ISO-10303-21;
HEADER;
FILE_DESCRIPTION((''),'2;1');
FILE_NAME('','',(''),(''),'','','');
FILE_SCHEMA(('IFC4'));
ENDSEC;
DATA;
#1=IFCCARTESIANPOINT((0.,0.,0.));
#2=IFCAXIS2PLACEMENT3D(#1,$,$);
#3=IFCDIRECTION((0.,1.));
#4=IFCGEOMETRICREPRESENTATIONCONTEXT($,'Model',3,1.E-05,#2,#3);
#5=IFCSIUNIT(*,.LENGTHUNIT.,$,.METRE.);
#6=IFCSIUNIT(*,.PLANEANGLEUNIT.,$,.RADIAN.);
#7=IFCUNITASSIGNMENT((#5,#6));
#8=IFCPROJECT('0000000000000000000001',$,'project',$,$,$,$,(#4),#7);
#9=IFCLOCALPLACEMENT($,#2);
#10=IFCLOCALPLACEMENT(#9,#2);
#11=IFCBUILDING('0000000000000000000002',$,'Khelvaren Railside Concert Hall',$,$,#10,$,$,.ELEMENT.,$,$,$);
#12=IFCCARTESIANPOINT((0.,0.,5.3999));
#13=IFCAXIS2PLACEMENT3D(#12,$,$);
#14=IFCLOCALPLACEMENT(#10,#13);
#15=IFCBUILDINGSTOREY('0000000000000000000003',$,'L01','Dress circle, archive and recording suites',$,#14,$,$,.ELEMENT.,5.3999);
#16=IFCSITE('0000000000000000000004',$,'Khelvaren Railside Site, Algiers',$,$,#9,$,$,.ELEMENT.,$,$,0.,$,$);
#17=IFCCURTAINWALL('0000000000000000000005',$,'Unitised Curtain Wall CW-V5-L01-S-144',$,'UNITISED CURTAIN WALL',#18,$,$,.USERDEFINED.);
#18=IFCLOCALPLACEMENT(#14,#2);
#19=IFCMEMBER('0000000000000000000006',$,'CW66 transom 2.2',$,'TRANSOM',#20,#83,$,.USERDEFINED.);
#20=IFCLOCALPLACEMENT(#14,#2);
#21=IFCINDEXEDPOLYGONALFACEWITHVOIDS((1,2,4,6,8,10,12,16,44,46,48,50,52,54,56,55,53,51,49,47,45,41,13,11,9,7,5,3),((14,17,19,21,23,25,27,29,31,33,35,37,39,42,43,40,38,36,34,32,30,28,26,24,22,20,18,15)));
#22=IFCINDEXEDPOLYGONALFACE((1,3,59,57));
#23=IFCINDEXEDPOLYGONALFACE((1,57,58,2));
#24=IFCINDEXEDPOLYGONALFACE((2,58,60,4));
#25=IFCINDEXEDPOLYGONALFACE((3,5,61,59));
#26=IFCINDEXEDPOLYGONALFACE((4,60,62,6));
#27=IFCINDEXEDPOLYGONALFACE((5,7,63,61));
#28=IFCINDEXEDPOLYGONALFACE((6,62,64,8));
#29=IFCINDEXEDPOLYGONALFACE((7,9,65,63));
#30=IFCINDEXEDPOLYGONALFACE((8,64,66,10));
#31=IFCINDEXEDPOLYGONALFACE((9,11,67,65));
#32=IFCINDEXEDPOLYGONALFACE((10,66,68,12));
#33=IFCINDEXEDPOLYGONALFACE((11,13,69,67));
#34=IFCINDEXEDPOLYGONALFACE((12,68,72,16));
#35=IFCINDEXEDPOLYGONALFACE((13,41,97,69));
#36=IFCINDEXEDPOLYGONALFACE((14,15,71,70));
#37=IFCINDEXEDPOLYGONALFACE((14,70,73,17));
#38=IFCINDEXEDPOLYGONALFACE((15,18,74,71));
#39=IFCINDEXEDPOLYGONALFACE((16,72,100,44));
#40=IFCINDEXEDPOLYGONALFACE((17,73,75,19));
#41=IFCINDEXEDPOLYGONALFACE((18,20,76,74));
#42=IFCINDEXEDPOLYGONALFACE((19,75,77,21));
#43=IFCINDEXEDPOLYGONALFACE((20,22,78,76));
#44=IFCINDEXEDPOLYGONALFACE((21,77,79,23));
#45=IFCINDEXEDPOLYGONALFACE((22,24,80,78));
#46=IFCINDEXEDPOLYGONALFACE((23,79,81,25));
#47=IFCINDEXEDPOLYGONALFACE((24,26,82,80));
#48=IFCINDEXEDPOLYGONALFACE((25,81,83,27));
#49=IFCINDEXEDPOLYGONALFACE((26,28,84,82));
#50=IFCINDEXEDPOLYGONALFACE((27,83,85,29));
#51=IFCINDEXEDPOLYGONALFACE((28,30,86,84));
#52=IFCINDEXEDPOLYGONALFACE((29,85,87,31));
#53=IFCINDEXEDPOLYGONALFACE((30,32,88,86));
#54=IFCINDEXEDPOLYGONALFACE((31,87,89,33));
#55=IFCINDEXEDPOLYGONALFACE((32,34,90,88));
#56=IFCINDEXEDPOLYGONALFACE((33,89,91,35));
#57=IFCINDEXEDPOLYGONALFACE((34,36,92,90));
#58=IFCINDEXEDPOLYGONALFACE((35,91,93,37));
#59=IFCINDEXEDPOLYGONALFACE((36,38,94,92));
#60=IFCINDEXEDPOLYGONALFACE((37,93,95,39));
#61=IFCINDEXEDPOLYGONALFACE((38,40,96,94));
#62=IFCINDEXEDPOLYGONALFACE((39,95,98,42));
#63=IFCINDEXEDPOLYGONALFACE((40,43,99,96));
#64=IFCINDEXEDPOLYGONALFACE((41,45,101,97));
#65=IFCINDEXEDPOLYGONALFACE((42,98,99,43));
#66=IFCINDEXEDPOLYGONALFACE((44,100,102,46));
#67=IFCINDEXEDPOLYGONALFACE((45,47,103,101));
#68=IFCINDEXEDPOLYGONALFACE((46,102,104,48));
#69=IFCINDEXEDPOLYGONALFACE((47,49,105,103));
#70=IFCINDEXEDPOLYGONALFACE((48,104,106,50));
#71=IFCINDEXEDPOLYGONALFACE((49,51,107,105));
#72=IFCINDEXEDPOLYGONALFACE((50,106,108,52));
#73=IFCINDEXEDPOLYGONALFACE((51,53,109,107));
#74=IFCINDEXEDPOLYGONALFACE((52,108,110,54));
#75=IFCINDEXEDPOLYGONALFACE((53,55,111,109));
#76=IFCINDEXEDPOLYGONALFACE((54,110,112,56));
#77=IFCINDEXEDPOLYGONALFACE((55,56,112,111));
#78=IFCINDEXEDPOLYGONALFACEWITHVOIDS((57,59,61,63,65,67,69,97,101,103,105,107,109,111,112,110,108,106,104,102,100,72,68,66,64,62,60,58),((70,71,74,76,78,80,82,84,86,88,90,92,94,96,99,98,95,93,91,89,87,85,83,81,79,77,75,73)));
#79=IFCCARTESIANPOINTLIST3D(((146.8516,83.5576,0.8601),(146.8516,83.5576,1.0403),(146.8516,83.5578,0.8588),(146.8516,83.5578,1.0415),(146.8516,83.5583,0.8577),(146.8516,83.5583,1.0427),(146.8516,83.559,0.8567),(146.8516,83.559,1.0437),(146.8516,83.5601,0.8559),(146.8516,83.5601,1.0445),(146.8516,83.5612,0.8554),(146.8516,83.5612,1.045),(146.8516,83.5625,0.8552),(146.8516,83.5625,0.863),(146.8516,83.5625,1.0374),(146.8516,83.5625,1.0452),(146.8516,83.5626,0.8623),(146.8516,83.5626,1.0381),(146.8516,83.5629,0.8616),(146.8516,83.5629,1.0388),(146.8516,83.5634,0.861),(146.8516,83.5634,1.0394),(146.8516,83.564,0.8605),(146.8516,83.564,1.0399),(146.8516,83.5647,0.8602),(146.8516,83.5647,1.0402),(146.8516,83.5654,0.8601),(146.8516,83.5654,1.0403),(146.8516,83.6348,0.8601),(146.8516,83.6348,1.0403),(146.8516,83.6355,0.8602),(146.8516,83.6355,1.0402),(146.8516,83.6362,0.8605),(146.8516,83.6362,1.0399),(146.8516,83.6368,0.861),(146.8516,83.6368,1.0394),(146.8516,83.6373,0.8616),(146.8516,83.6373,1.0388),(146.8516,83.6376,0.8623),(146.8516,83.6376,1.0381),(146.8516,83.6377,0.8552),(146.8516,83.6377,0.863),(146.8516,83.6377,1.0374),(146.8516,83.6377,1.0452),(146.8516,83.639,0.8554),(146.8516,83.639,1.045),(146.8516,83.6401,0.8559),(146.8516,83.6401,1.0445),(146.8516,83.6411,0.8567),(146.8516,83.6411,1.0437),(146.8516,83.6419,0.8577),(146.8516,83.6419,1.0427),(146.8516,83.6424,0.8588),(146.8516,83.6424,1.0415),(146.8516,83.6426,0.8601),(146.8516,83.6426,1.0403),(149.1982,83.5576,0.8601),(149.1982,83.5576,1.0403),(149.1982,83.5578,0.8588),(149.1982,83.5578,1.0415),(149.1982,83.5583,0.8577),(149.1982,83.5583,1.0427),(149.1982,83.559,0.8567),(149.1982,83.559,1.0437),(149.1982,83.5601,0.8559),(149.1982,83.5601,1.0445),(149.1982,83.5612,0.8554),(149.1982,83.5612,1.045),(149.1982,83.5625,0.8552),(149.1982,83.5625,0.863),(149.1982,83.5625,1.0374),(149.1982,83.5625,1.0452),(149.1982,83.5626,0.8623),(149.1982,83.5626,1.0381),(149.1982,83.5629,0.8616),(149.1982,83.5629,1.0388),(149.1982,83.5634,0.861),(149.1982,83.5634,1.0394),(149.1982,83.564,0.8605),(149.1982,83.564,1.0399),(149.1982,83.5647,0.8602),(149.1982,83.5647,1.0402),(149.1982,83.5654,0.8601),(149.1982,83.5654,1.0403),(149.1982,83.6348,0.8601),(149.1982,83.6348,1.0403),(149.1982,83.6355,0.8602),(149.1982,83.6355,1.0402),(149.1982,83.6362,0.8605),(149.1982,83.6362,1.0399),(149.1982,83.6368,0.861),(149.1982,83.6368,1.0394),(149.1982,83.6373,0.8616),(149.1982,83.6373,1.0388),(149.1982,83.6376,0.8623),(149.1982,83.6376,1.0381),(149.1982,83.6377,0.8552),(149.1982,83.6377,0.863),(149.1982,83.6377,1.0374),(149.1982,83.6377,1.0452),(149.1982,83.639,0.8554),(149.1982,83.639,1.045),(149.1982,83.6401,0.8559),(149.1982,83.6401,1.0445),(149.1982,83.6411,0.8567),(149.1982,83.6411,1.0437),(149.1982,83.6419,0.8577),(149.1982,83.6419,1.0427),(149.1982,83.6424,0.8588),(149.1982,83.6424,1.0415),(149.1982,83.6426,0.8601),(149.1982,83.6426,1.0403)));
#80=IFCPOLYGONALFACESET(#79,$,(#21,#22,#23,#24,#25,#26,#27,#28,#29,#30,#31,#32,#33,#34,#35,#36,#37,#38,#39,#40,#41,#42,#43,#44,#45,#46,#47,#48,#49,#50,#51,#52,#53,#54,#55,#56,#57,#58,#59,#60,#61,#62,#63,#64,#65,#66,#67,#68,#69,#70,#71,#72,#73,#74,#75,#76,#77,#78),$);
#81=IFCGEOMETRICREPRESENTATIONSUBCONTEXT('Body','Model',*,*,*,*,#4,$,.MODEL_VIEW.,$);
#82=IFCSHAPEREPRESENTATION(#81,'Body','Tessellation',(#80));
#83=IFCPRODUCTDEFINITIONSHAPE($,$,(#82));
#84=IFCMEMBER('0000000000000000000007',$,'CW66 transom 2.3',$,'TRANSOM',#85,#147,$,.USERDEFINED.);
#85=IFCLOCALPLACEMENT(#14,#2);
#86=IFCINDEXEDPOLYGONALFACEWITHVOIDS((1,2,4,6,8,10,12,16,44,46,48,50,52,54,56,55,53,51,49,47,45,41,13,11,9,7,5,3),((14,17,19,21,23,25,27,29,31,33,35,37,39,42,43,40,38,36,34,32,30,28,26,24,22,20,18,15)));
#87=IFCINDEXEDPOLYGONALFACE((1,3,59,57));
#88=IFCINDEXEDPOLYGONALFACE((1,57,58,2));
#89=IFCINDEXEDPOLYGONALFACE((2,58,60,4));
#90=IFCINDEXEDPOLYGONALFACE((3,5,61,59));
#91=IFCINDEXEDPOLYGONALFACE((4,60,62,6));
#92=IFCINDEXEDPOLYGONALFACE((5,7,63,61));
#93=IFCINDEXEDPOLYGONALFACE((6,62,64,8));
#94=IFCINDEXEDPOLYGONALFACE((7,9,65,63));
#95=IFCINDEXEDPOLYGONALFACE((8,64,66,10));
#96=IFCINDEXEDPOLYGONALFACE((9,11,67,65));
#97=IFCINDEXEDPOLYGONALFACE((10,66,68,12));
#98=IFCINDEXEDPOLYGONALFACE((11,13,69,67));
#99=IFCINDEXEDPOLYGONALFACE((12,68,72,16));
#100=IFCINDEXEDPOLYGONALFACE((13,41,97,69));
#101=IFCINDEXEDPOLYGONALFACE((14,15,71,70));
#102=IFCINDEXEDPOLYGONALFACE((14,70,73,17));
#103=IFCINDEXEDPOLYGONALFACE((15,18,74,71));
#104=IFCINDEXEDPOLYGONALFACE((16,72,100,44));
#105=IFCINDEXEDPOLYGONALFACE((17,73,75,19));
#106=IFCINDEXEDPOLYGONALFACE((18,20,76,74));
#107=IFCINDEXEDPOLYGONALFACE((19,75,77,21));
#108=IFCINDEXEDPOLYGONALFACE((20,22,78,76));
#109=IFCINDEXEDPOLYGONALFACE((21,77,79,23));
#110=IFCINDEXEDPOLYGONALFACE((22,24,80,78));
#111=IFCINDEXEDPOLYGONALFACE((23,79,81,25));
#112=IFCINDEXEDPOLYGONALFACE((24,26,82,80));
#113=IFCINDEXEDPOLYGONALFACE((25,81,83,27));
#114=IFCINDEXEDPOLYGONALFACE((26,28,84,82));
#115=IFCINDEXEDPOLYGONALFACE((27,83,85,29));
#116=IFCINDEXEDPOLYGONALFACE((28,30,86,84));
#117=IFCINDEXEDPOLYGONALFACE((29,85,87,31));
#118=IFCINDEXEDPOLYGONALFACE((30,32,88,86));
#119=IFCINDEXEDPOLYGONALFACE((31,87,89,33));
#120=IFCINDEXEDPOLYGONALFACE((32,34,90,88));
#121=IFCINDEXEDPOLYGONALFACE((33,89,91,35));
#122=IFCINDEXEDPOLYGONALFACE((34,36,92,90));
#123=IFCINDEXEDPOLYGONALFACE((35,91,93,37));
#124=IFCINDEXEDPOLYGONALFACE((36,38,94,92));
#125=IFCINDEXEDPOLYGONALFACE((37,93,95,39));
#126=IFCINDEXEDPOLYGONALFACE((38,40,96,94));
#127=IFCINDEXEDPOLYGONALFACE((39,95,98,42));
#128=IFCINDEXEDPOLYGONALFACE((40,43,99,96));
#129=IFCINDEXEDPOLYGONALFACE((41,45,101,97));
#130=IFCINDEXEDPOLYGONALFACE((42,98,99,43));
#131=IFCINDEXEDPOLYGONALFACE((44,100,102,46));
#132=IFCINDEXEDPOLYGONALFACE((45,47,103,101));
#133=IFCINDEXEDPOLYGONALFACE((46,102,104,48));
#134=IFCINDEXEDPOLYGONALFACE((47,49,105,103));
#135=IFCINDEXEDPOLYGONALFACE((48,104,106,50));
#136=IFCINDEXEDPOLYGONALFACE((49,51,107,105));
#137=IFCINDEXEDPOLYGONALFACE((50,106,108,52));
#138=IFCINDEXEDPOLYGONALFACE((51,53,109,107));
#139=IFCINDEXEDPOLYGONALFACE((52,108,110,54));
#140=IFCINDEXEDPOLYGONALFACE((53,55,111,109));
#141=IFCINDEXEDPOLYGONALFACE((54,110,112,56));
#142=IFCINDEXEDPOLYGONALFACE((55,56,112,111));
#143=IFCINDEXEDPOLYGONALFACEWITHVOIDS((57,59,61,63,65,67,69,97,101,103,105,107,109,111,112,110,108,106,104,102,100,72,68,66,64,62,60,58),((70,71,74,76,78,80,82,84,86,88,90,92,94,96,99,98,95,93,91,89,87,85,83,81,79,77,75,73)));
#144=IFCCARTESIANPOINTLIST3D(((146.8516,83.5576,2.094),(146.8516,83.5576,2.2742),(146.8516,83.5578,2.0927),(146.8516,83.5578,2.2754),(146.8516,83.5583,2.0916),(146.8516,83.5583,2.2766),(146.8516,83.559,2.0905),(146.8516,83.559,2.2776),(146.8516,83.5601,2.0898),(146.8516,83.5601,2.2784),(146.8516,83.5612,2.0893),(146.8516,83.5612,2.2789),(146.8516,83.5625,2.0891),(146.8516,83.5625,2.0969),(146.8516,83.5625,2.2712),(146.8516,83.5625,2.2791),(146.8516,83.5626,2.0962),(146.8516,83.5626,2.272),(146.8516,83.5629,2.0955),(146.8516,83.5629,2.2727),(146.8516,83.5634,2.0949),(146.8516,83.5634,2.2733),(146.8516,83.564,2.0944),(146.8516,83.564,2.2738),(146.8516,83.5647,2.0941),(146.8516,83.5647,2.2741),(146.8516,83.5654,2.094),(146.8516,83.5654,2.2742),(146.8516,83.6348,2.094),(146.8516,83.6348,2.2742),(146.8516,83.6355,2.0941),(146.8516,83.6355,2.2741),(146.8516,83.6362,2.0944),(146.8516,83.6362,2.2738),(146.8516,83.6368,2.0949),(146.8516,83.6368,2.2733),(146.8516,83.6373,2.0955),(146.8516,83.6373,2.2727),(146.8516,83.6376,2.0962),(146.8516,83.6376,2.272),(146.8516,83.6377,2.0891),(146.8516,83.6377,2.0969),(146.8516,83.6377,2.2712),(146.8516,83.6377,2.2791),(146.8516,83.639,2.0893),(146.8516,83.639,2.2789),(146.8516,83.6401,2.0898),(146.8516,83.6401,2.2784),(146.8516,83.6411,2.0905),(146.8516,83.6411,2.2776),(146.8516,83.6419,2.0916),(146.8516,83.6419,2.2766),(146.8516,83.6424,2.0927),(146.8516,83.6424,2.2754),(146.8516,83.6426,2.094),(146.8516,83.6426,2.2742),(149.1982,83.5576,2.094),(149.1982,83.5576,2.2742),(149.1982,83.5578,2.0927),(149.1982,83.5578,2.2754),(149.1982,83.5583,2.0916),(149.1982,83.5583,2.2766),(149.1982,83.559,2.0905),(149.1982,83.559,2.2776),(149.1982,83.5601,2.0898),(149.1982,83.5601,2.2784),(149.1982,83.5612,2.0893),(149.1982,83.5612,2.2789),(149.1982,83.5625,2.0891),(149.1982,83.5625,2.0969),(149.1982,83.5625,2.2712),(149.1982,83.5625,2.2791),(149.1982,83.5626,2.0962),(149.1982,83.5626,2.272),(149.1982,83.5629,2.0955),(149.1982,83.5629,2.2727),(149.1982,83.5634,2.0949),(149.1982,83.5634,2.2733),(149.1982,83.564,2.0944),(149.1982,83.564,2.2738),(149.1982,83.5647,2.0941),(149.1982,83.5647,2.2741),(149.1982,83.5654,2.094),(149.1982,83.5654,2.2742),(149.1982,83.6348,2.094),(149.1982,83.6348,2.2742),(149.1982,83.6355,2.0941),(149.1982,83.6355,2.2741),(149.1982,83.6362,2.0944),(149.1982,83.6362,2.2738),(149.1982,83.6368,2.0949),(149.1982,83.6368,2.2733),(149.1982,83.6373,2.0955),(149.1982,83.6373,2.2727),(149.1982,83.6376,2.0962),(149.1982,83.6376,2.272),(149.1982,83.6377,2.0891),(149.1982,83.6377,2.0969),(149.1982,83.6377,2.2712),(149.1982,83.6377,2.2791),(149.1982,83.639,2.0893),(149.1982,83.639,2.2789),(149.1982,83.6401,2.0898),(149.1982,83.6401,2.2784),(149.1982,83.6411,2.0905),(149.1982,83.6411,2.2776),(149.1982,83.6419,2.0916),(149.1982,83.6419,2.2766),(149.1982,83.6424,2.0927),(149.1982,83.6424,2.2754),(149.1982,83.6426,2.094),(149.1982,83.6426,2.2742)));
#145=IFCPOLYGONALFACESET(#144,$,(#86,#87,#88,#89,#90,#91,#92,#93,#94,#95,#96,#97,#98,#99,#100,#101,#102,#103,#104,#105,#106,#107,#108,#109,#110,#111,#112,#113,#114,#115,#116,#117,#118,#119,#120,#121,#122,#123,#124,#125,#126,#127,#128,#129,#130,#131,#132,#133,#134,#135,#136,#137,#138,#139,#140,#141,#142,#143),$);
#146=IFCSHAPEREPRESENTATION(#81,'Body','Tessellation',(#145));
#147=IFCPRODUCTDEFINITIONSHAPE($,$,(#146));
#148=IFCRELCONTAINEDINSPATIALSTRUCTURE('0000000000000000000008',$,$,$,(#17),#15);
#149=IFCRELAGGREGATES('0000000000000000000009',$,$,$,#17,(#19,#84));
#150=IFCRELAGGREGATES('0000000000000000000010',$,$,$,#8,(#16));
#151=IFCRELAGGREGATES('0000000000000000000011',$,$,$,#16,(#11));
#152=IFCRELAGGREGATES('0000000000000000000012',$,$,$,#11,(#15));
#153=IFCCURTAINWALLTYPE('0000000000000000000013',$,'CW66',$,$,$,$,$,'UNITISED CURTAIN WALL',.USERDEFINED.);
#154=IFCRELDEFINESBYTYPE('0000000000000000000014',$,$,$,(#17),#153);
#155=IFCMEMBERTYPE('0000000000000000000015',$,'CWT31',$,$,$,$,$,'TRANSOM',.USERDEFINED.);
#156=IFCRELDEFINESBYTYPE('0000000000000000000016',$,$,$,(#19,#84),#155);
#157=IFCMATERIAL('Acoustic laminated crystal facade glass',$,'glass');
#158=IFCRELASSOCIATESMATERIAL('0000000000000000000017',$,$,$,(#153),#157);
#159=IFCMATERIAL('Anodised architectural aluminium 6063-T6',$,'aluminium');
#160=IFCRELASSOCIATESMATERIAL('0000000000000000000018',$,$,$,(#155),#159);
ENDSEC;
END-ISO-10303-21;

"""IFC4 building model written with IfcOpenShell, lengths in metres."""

from ifc_helpers import new_model, si_unit, direction, frame, origin, origin_2d, place, context, subcontext, project, spatial, hollow_rectangle, extrude, material, material_profile, profile_set, type_object, element, aggregate, save


model = new_model("IFC4")

# Units and contexts
model_context = context("Model", 3, precision=1e-05, world=origin(), true_north=direction((0.0, 1.0)))
body_context = subcontext(model_context, "Body", "Model", "MODEL_VIEW")
ifc_project = project(units=[si_unit("LENGTHUNIT", "METRE"), si_unit("PLANEANGLEUNIT", "RADIAN")], contexts=[model_context])

# Site, building, storey
site_placement = place(None, origin())
site = spatial("IfcSite", under=ifc_project, at=site_placement, Name="Khelvaren Railside Site, Algiers", CompositionType="ELEMENT", RefElevation=0.0)
building_placement = place(site_placement, origin())
building = spatial("IfcBuilding", under=site, at=building_placement, Name="Khelvaren Railside Concert Hall", CompositionType="ELEMENT")
storey_placement = place(building_placement, frame((0.0, 0.0, 5.3999)))
storey = spatial("IfcBuildingStorey", under=building, at=storey_placement, Name="L01", Description="Dress circle, archive and recording suites", CompositionType="ELEMENT", Elevation=5.3999)

# Shared definitions
ifc_material_1 = material(Name="Acoustic laminated crystal facade glass", Category="glass")
ifc_material_2 = material(Name="Anodised architectural aluminium 6063-T6", Category="aluminium")

# Curtain wall
curtain_wall_type_1 = type_object("IfcCurtainWallType", Name="CW66", ElementType="UNITISED CURTAIN WALL", PredefinedType="USERDEFINED", material=ifc_material_1)
curtain_wall_1_placement = place(storey_placement, origin())
curtain_wall_1 = element("IfcCurtainWall", 1, at=curtain_wall_1_placement, inside=storey, type_object=curtain_wall_type_1, Name="Unitised Curtain Wall CW-V5-L01-S-144", ObjectType="UNITISED CURTAIN WALL", PredefinedType="USERDEFINED")

# Members
ifc_material_profile_1 = material_profile(ifc_material_2, hollow_rectangle(XDim=0.085, YDim=0.1899, WallThickness=0.0049, InnerFilletRadius=0.0029, OuterFilletRadius=0.0049, at=origin_2d()), Name="CWT 85x190x5")
ifc_profile_set_1 = profile_set([ifc_material_profile_1], Name="Anodised architectural aluminium 6063-T6")
member_type_1 = type_object("IfcMemberType", Name="CWT31", ElementType="TRANSOM", PredefinedType="USERDEFINED", material=ifc_profile_set_1)
member_1_placement = place(storey_placement, frame((149.1982, 83.6001, 0.9502), z_axis=(-1.0, 0.0, 0.0), x_axis=(0.0, -1.0, 0.0)))
member_1 = element("IfcMember", 2, at=member_1_placement, type_object=member_type_1, Name="CW66 transom 2.2", ObjectType="TRANSOM", PredefinedType="USERDEFINED", context=body_context, shape_type="SweptSolid", body=[
    extrude(hollow_rectangle(XDim=0.085, YDim=0.1899, WallThickness=0.0049, InnerFilletRadius=0.0029, OuterFilletRadius=0.0049, at=origin_2d()), origin(), (0.0, 0.0, 1.0), 2.3467),
])
member_2_placement = place(storey_placement, frame((149.1982, 83.6001, 2.1841), z_axis=(-1.0, 0.0, 0.0), x_axis=(0.0, -1.0, 0.0)))
member_2 = element("IfcMember", 3, at=member_2_placement, type_object=member_type_1, Name="CW66 transom 2.3", ObjectType="TRANSOM", PredefinedType="USERDEFINED", context=body_context, shape_type="SweptSolid", body=[
    extrude(hollow_rectangle(XDim=0.085, YDim=0.1899, WallThickness=0.0049, InnerFilletRadius=0.0029, OuterFilletRadius=0.0049, at=origin_2d()), origin(), (0.0, 0.0, 1.0), 2.3467),
])

aggregate(curtain_wall_1, [member_1, member_2])

save(model, "model.ifc")
